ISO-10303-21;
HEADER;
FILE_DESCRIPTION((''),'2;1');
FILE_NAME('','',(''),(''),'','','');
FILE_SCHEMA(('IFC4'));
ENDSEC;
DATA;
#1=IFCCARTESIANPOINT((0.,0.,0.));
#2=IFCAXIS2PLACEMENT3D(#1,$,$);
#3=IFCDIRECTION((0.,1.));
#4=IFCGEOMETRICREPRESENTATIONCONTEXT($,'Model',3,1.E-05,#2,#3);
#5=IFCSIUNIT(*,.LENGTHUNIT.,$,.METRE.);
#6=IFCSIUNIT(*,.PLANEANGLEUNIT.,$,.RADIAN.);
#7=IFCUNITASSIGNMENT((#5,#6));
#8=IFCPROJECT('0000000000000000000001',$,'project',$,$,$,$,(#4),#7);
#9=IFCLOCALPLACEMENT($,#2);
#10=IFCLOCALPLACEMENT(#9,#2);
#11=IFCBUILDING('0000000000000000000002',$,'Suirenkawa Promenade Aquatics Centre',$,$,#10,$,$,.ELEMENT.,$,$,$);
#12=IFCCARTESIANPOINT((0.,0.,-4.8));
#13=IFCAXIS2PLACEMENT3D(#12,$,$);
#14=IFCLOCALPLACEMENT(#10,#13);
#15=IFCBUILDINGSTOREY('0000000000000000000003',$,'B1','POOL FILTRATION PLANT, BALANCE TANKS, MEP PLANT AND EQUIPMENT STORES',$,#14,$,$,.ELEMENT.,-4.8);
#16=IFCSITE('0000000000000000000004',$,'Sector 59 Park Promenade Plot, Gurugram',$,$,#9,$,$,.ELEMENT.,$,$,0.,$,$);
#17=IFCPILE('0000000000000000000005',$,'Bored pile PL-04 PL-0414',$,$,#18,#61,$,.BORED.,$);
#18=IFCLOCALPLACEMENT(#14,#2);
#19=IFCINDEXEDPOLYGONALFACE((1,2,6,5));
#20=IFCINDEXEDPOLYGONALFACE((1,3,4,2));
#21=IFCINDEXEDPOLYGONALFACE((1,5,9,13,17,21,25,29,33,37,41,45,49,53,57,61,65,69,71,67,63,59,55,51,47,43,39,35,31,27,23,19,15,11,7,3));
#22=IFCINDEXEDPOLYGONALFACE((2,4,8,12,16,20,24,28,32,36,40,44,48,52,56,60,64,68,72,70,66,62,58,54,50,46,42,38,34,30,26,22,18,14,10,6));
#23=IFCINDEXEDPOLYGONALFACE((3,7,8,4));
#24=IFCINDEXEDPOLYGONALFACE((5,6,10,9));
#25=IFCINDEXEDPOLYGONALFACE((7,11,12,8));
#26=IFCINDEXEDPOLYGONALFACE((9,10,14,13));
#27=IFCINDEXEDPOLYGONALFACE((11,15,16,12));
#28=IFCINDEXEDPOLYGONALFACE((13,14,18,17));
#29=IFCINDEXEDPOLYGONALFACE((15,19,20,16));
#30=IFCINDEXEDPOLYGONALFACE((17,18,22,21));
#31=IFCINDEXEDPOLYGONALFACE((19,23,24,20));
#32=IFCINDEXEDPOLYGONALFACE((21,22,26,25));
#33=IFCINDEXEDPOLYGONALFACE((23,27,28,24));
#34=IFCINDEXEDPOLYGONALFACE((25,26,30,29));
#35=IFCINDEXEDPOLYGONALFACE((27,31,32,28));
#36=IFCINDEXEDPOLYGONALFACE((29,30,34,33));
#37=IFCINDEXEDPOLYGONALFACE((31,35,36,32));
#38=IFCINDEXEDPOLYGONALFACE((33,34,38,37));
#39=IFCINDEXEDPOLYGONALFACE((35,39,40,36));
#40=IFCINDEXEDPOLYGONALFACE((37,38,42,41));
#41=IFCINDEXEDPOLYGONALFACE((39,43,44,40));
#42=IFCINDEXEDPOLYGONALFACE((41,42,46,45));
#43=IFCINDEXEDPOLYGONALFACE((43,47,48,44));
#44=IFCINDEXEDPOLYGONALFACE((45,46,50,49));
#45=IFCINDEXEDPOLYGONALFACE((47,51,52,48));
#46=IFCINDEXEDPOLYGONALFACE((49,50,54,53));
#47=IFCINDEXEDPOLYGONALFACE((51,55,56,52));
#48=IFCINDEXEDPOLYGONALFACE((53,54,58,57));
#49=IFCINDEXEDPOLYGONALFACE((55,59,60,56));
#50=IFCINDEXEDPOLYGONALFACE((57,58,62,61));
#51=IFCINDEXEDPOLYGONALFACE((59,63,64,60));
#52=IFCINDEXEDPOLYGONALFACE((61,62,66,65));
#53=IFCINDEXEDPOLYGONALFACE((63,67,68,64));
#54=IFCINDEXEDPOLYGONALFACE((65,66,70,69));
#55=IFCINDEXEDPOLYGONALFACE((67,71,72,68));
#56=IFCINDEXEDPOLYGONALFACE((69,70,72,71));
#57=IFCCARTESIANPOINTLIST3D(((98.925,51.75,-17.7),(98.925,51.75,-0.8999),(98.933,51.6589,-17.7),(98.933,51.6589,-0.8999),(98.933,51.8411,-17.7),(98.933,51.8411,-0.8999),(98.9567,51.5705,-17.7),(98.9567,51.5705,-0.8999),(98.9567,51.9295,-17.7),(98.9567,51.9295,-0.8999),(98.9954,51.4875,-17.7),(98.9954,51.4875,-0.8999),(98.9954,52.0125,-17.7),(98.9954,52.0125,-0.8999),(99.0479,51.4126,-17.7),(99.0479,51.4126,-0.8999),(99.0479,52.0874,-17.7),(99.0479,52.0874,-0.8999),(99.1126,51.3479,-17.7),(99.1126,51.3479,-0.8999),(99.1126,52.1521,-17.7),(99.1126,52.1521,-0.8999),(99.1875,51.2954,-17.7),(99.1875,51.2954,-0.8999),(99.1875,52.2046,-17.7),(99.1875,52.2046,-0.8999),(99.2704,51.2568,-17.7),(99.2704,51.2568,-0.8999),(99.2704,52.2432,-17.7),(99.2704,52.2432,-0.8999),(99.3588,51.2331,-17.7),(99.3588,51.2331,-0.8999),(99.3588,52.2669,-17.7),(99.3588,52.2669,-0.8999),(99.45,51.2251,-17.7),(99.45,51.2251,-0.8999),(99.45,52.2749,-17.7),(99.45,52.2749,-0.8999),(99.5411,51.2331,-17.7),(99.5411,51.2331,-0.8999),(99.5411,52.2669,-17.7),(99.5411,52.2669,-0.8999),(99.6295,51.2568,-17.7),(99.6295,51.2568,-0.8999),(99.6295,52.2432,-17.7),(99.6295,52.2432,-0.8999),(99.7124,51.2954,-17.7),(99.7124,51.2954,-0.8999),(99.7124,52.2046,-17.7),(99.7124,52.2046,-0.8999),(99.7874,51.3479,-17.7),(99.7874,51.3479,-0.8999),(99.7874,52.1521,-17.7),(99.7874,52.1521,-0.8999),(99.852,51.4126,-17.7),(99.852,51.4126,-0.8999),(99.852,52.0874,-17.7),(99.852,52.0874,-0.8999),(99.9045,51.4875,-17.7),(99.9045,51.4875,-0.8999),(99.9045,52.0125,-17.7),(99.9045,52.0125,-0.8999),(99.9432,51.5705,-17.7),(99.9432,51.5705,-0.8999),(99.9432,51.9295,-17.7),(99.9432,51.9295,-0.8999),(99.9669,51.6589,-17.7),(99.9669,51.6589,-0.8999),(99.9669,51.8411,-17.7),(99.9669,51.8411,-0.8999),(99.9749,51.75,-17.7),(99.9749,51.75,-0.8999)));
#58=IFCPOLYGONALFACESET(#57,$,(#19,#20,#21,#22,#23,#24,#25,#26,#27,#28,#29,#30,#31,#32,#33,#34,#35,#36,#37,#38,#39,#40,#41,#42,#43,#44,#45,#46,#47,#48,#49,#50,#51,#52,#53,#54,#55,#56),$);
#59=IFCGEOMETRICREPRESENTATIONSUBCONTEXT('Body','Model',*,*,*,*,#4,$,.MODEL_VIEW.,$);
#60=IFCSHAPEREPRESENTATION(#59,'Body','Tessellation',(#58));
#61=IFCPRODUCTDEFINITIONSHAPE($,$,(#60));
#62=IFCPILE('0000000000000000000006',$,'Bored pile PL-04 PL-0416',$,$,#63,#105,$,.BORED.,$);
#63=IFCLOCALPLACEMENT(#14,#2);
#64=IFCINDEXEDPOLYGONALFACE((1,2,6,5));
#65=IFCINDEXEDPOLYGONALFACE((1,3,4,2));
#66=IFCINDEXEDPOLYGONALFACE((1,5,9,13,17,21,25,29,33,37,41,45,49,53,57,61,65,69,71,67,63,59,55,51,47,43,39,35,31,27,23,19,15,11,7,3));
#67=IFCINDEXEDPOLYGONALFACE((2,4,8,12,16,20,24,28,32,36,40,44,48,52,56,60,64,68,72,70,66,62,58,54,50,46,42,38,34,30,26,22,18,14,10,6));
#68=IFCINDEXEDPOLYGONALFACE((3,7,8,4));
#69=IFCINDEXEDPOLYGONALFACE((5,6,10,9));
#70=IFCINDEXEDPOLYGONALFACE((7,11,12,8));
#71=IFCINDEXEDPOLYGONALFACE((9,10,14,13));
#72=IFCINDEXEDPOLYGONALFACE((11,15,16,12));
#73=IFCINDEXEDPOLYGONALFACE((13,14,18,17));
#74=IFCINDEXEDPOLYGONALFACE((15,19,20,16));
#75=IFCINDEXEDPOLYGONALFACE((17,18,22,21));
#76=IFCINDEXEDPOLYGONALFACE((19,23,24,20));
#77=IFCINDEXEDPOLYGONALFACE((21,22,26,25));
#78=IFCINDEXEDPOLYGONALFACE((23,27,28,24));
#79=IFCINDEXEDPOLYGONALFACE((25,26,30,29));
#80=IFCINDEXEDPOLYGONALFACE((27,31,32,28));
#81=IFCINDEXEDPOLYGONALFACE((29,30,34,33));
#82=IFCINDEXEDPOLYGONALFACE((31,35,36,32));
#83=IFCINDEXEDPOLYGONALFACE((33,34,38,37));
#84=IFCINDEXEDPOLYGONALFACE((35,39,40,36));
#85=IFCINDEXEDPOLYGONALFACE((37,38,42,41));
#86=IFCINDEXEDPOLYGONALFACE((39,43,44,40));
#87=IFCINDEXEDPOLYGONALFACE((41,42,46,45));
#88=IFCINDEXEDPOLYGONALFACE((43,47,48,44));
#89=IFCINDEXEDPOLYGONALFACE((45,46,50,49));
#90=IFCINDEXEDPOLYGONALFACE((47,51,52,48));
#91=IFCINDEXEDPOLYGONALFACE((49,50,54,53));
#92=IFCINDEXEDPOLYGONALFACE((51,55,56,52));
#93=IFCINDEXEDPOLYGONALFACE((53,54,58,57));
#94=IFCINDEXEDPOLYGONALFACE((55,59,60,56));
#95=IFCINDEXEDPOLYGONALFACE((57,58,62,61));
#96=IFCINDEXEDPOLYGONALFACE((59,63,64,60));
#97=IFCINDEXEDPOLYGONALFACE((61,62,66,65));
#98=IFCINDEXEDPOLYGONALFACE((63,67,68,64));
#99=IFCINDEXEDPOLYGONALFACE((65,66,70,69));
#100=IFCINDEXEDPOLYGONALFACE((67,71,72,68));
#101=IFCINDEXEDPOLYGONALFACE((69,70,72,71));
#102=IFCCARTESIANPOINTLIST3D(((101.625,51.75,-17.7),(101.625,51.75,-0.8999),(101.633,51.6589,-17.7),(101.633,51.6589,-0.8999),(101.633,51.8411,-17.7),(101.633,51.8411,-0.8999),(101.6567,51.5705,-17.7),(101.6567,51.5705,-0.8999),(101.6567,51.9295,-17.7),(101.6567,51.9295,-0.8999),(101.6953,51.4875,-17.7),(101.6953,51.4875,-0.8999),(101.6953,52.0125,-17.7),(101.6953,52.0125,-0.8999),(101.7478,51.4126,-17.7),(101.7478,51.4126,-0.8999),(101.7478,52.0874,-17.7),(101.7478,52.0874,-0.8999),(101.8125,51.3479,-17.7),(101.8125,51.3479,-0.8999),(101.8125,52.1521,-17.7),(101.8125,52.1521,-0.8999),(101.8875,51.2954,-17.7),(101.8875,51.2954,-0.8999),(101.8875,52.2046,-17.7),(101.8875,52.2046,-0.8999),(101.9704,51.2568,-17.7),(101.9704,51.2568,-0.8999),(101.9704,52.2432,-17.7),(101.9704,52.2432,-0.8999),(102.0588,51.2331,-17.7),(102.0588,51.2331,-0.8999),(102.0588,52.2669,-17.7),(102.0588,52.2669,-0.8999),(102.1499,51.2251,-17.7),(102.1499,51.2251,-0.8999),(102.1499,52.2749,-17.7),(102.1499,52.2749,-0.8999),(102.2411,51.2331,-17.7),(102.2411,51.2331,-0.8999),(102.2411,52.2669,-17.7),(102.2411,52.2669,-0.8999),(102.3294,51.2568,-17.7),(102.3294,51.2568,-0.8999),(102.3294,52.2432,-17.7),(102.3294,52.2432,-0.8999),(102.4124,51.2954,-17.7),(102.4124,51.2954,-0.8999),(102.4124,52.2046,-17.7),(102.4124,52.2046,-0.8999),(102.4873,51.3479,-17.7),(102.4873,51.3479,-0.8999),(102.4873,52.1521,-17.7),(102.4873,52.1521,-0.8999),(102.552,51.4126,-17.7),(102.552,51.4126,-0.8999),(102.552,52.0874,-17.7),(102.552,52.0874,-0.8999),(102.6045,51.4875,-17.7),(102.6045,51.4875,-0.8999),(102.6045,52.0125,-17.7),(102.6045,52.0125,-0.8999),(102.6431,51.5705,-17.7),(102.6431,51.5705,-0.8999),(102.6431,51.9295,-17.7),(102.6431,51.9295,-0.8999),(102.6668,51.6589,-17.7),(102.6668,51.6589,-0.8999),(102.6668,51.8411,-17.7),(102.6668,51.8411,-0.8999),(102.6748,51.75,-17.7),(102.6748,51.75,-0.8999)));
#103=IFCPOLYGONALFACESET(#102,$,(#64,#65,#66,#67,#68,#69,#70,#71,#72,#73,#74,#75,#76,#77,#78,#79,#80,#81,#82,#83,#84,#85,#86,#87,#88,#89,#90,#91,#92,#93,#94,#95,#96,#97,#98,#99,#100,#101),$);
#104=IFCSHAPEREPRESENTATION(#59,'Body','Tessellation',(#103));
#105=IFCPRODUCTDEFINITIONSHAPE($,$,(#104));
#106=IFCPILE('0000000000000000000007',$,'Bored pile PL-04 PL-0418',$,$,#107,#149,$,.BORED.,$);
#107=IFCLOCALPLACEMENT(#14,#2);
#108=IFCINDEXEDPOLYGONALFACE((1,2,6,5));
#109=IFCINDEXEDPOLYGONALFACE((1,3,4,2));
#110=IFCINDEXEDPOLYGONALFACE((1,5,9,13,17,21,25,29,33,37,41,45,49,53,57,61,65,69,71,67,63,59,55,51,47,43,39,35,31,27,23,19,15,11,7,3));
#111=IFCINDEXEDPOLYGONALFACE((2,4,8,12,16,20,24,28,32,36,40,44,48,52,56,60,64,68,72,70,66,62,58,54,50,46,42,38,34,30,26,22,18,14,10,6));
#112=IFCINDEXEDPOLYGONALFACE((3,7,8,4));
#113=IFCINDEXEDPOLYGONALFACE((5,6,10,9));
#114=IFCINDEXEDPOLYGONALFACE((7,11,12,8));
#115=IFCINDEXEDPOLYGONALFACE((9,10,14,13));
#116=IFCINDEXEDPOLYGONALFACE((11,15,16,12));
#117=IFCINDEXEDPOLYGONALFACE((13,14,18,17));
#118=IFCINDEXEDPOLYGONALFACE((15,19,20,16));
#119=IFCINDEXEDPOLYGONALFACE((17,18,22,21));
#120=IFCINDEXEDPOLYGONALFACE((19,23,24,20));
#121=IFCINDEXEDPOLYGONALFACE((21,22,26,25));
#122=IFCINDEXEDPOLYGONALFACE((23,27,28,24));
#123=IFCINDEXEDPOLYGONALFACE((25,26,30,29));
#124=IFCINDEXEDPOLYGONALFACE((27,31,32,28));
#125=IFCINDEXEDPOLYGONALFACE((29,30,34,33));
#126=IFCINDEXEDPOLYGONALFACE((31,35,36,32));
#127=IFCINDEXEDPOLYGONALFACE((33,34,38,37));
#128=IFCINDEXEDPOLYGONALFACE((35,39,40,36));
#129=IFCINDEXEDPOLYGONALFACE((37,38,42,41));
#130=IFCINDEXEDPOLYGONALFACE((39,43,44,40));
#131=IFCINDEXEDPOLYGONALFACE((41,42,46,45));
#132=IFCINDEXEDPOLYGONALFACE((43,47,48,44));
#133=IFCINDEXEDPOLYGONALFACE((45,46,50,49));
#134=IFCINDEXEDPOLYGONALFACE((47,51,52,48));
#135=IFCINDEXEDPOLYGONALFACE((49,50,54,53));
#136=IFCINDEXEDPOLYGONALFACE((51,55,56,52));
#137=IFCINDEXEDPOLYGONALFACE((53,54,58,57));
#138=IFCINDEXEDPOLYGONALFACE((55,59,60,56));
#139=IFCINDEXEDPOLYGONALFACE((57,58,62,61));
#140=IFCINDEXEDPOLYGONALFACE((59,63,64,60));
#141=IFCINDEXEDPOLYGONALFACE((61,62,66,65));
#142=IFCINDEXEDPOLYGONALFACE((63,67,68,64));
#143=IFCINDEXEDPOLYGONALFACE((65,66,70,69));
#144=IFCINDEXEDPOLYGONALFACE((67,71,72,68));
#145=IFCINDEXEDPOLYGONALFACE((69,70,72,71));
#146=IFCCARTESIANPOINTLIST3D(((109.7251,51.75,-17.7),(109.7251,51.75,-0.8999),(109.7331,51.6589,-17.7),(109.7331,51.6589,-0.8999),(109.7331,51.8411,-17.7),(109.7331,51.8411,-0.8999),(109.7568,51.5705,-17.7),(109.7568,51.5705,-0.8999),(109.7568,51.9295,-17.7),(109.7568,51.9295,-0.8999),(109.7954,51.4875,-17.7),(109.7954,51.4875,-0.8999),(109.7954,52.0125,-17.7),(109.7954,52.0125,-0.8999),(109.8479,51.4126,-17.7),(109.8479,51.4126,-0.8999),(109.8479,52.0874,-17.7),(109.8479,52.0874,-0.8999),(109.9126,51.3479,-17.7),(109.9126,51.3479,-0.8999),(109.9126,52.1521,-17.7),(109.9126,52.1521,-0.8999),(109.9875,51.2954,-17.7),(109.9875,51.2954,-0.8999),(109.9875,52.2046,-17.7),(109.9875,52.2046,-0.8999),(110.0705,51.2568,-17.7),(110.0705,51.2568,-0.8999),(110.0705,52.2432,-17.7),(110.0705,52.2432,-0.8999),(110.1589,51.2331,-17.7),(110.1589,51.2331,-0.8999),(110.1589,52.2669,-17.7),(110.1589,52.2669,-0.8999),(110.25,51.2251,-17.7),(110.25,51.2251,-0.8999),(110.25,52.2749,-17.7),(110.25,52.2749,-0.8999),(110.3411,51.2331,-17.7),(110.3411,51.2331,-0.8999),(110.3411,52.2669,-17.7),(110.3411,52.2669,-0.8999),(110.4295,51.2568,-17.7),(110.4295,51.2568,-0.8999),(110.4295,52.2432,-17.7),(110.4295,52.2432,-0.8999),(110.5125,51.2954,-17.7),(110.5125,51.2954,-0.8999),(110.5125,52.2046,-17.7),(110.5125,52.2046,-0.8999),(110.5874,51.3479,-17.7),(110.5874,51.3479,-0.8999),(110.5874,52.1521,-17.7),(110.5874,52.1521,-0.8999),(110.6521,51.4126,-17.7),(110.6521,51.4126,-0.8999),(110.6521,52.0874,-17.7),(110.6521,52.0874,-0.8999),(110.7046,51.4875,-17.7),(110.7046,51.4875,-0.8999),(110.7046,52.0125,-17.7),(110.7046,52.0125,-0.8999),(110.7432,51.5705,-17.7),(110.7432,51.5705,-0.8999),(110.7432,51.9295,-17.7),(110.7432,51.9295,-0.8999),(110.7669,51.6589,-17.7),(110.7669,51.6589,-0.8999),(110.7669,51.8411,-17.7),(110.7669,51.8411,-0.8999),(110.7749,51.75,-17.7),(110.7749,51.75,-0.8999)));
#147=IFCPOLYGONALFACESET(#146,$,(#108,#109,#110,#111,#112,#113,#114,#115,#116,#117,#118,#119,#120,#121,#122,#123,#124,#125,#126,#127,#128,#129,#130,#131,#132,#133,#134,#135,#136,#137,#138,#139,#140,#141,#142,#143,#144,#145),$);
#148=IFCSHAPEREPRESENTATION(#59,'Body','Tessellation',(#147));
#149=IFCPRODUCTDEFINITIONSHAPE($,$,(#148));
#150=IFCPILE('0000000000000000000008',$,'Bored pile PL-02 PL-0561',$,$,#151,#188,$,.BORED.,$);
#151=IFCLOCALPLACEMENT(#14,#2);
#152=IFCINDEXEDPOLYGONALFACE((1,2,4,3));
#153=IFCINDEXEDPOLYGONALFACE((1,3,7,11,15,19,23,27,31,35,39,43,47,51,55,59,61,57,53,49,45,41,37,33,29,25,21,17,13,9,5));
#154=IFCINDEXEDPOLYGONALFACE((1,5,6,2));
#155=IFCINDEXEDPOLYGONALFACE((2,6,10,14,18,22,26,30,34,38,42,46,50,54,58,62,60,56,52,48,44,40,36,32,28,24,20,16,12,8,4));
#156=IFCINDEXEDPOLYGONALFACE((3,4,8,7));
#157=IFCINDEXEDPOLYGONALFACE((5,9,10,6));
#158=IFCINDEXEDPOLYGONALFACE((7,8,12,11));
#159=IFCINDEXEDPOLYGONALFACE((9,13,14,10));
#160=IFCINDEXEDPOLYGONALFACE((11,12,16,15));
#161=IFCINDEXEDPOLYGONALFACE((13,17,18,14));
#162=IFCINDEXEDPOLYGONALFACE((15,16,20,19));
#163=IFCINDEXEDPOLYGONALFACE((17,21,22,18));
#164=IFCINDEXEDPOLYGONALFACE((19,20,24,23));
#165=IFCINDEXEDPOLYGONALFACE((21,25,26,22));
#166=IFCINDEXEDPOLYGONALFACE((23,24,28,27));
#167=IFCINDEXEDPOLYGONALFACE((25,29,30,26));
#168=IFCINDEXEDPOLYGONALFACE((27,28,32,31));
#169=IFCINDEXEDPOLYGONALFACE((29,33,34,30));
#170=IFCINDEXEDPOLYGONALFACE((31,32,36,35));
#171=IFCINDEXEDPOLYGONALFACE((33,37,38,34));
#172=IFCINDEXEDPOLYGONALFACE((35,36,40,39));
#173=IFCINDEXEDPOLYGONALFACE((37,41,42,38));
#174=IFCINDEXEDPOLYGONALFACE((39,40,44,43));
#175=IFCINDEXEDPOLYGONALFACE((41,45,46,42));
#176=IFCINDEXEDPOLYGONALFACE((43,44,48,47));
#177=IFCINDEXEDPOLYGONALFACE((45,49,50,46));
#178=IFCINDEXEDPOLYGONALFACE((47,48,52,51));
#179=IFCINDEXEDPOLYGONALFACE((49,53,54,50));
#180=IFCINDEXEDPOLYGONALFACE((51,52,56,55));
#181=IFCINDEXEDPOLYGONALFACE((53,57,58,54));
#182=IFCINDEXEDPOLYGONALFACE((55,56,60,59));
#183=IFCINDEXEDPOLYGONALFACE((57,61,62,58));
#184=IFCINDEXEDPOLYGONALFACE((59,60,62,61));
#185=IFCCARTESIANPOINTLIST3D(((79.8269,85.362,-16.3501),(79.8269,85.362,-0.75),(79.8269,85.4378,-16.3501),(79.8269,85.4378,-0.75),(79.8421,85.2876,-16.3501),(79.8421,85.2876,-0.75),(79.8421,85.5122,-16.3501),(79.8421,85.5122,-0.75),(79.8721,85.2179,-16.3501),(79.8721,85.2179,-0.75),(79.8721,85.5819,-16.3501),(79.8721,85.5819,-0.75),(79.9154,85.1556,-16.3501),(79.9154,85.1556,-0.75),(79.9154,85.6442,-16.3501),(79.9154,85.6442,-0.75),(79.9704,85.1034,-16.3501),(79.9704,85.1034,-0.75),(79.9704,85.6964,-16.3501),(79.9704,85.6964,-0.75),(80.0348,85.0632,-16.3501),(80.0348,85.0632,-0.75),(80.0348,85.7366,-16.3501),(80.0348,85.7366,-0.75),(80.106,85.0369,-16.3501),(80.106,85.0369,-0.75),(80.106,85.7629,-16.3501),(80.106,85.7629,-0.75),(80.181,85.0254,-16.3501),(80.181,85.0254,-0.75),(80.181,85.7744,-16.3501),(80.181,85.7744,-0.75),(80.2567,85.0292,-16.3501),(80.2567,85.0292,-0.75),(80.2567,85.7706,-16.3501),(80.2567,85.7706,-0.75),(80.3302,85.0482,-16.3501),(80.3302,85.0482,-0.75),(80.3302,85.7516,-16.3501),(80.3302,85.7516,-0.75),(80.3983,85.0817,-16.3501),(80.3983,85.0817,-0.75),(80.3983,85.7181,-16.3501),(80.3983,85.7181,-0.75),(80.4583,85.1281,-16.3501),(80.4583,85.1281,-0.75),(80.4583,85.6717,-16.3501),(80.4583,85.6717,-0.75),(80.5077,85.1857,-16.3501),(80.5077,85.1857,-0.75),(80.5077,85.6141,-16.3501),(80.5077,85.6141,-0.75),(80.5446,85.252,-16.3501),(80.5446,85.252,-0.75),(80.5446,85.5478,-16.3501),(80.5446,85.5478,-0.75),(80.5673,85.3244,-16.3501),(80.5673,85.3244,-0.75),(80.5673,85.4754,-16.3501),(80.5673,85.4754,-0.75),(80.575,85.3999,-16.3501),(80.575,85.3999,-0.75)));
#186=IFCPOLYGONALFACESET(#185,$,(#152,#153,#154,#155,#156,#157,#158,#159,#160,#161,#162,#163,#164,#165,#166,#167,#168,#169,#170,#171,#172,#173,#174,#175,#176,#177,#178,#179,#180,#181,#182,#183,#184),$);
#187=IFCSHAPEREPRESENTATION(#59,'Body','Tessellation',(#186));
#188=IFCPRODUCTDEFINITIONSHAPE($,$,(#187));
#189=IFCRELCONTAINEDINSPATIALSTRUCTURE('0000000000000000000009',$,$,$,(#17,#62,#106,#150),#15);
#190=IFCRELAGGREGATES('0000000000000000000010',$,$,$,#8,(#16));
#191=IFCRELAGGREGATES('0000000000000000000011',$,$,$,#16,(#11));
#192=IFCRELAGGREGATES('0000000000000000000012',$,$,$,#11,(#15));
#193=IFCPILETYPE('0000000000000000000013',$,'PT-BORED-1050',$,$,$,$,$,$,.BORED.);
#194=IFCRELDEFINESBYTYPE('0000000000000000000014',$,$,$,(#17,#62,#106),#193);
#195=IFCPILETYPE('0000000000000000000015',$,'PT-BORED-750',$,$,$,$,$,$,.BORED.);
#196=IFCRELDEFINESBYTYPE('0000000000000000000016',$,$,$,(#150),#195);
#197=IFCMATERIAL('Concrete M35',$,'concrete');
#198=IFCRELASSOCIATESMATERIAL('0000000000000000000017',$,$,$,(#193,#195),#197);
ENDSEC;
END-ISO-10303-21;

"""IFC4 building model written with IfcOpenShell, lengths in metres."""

from ifc_helpers import new_model, si_unit, direction, frame, origin, origin_2d, place, context, subcontext, project, spatial, circle, extrude, material, material_profile, profile_set, type_object, element, save


model = new_model("IFC4")

# Units and contexts
model_context = context("Model", 3, precision=1e-05, world=origin(), true_north=direction((0.0, 1.0)))
body_context = subcontext(model_context, "Body", "Model", "MODEL_VIEW")
ifc_project = project(units=[si_unit("LENGTHUNIT", "METRE"), si_unit("PLANEANGLEUNIT", "RADIAN")], contexts=[model_context])

# Site, building, storey
site_placement = place(None, origin())
site = spatial("IfcSite", under=ifc_project, at=site_placement, Name="Sector 59 Park Promenade Plot, Gurugram", CompositionType="ELEMENT", RefElevation=0.0)
building_placement = place(site_placement, origin())
building = spatial("IfcBuilding", under=site, at=building_placement, Name="Suirenkawa Promenade Aquatics Centre", CompositionType="ELEMENT")
storey_placement = place(building_placement, frame((0.0, 0.0, -4.8)))
storey = spatial("IfcBuildingStorey", under=building, at=storey_placement, Name="B1", Description="POOL FILTRATION PLANT, BALANCE TANKS, MEP PLANT AND EQUIPMENT STORES", CompositionType="ELEMENT", Elevation=-4.8)

# Shared definitions
ifc_material_1 = material(Name="Concrete M35", Category="concrete")

# Piles
ifc_material_profile_1 = material_profile(ifc_material_1, circle(Radius=0.5249, at=origin_2d()), Name="PILE D1050", Category="concrete")
ifc_profile_set_1 = profile_set([ifc_material_profile_1], Name="Concrete M35")
pile_type_1 = type_object("IfcPileType", Name="PT-BORED-1050", PredefinedType="BORED", material=ifc_profile_set_1)
for number, where, z_axis, x_axis, name in (
    (1, (99.45, 51.75, -0.8999), (0.0, 0.0, -1.0), (1.0, 0.0, 0.0), "Bored pile PL-04 PL-0414"),
    (2, (102.1499, 51.75, -0.8999), (0.0, 0.0, -1.0), (1.0, 0.0, 0.0), "Bored pile PL-04 PL-0416"),
    (3, (110.25, 51.75, -0.8999), (0.0, 0.0, -1.0), (1.0, 0.0, 0.0), "Bored pile PL-04 PL-0418"),
):
    element("IfcPile", number, at=place(storey_placement, frame(where, z_axis=z_axis, x_axis=x_axis)), inside=storey, type_object=pile_type_1, Name=name, PredefinedType="BORED", context=body_context, shape_type="SweptSolid", body=[
        extrude(circle(Radius=0.5249, at=origin_2d()), origin(), (0.0, 0.0, 1.0), 16.8),
    ])
ifc_material_profile_2 = material_profile(ifc_material_1, circle(Radius=0.375, at=origin_2d()), Name="PILE D750", Category="concrete")
ifc_profile_set_2 = profile_set([ifc_material_profile_2], Name="Concrete M35")
pile_type_2 = type_object("IfcPileType", Name="PT-BORED-750", PredefinedType="BORED", material=ifc_profile_set_2)
for number, where, z_axis, x_axis, name in (
    (4, (80.2, 85.3999, -0.75), (0.0, 0.0, -1.0), (1.0, 0.0, 0.0), "Bored pile PL-02 PL-0561"),
):
    element("IfcPile", number, at=place(storey_placement, frame(where, z_axis=z_axis, x_axis=x_axis)), inside=storey, type_object=pile_type_2, Name=name, PredefinedType="BORED", context=body_context, shape_type="SweptSolid", body=[
        extrude(circle(Radius=0.375, at=origin_2d()), origin(), (0.0, 0.0, 1.0), 15.6001),
    ])

save(model, "model.ifc")
